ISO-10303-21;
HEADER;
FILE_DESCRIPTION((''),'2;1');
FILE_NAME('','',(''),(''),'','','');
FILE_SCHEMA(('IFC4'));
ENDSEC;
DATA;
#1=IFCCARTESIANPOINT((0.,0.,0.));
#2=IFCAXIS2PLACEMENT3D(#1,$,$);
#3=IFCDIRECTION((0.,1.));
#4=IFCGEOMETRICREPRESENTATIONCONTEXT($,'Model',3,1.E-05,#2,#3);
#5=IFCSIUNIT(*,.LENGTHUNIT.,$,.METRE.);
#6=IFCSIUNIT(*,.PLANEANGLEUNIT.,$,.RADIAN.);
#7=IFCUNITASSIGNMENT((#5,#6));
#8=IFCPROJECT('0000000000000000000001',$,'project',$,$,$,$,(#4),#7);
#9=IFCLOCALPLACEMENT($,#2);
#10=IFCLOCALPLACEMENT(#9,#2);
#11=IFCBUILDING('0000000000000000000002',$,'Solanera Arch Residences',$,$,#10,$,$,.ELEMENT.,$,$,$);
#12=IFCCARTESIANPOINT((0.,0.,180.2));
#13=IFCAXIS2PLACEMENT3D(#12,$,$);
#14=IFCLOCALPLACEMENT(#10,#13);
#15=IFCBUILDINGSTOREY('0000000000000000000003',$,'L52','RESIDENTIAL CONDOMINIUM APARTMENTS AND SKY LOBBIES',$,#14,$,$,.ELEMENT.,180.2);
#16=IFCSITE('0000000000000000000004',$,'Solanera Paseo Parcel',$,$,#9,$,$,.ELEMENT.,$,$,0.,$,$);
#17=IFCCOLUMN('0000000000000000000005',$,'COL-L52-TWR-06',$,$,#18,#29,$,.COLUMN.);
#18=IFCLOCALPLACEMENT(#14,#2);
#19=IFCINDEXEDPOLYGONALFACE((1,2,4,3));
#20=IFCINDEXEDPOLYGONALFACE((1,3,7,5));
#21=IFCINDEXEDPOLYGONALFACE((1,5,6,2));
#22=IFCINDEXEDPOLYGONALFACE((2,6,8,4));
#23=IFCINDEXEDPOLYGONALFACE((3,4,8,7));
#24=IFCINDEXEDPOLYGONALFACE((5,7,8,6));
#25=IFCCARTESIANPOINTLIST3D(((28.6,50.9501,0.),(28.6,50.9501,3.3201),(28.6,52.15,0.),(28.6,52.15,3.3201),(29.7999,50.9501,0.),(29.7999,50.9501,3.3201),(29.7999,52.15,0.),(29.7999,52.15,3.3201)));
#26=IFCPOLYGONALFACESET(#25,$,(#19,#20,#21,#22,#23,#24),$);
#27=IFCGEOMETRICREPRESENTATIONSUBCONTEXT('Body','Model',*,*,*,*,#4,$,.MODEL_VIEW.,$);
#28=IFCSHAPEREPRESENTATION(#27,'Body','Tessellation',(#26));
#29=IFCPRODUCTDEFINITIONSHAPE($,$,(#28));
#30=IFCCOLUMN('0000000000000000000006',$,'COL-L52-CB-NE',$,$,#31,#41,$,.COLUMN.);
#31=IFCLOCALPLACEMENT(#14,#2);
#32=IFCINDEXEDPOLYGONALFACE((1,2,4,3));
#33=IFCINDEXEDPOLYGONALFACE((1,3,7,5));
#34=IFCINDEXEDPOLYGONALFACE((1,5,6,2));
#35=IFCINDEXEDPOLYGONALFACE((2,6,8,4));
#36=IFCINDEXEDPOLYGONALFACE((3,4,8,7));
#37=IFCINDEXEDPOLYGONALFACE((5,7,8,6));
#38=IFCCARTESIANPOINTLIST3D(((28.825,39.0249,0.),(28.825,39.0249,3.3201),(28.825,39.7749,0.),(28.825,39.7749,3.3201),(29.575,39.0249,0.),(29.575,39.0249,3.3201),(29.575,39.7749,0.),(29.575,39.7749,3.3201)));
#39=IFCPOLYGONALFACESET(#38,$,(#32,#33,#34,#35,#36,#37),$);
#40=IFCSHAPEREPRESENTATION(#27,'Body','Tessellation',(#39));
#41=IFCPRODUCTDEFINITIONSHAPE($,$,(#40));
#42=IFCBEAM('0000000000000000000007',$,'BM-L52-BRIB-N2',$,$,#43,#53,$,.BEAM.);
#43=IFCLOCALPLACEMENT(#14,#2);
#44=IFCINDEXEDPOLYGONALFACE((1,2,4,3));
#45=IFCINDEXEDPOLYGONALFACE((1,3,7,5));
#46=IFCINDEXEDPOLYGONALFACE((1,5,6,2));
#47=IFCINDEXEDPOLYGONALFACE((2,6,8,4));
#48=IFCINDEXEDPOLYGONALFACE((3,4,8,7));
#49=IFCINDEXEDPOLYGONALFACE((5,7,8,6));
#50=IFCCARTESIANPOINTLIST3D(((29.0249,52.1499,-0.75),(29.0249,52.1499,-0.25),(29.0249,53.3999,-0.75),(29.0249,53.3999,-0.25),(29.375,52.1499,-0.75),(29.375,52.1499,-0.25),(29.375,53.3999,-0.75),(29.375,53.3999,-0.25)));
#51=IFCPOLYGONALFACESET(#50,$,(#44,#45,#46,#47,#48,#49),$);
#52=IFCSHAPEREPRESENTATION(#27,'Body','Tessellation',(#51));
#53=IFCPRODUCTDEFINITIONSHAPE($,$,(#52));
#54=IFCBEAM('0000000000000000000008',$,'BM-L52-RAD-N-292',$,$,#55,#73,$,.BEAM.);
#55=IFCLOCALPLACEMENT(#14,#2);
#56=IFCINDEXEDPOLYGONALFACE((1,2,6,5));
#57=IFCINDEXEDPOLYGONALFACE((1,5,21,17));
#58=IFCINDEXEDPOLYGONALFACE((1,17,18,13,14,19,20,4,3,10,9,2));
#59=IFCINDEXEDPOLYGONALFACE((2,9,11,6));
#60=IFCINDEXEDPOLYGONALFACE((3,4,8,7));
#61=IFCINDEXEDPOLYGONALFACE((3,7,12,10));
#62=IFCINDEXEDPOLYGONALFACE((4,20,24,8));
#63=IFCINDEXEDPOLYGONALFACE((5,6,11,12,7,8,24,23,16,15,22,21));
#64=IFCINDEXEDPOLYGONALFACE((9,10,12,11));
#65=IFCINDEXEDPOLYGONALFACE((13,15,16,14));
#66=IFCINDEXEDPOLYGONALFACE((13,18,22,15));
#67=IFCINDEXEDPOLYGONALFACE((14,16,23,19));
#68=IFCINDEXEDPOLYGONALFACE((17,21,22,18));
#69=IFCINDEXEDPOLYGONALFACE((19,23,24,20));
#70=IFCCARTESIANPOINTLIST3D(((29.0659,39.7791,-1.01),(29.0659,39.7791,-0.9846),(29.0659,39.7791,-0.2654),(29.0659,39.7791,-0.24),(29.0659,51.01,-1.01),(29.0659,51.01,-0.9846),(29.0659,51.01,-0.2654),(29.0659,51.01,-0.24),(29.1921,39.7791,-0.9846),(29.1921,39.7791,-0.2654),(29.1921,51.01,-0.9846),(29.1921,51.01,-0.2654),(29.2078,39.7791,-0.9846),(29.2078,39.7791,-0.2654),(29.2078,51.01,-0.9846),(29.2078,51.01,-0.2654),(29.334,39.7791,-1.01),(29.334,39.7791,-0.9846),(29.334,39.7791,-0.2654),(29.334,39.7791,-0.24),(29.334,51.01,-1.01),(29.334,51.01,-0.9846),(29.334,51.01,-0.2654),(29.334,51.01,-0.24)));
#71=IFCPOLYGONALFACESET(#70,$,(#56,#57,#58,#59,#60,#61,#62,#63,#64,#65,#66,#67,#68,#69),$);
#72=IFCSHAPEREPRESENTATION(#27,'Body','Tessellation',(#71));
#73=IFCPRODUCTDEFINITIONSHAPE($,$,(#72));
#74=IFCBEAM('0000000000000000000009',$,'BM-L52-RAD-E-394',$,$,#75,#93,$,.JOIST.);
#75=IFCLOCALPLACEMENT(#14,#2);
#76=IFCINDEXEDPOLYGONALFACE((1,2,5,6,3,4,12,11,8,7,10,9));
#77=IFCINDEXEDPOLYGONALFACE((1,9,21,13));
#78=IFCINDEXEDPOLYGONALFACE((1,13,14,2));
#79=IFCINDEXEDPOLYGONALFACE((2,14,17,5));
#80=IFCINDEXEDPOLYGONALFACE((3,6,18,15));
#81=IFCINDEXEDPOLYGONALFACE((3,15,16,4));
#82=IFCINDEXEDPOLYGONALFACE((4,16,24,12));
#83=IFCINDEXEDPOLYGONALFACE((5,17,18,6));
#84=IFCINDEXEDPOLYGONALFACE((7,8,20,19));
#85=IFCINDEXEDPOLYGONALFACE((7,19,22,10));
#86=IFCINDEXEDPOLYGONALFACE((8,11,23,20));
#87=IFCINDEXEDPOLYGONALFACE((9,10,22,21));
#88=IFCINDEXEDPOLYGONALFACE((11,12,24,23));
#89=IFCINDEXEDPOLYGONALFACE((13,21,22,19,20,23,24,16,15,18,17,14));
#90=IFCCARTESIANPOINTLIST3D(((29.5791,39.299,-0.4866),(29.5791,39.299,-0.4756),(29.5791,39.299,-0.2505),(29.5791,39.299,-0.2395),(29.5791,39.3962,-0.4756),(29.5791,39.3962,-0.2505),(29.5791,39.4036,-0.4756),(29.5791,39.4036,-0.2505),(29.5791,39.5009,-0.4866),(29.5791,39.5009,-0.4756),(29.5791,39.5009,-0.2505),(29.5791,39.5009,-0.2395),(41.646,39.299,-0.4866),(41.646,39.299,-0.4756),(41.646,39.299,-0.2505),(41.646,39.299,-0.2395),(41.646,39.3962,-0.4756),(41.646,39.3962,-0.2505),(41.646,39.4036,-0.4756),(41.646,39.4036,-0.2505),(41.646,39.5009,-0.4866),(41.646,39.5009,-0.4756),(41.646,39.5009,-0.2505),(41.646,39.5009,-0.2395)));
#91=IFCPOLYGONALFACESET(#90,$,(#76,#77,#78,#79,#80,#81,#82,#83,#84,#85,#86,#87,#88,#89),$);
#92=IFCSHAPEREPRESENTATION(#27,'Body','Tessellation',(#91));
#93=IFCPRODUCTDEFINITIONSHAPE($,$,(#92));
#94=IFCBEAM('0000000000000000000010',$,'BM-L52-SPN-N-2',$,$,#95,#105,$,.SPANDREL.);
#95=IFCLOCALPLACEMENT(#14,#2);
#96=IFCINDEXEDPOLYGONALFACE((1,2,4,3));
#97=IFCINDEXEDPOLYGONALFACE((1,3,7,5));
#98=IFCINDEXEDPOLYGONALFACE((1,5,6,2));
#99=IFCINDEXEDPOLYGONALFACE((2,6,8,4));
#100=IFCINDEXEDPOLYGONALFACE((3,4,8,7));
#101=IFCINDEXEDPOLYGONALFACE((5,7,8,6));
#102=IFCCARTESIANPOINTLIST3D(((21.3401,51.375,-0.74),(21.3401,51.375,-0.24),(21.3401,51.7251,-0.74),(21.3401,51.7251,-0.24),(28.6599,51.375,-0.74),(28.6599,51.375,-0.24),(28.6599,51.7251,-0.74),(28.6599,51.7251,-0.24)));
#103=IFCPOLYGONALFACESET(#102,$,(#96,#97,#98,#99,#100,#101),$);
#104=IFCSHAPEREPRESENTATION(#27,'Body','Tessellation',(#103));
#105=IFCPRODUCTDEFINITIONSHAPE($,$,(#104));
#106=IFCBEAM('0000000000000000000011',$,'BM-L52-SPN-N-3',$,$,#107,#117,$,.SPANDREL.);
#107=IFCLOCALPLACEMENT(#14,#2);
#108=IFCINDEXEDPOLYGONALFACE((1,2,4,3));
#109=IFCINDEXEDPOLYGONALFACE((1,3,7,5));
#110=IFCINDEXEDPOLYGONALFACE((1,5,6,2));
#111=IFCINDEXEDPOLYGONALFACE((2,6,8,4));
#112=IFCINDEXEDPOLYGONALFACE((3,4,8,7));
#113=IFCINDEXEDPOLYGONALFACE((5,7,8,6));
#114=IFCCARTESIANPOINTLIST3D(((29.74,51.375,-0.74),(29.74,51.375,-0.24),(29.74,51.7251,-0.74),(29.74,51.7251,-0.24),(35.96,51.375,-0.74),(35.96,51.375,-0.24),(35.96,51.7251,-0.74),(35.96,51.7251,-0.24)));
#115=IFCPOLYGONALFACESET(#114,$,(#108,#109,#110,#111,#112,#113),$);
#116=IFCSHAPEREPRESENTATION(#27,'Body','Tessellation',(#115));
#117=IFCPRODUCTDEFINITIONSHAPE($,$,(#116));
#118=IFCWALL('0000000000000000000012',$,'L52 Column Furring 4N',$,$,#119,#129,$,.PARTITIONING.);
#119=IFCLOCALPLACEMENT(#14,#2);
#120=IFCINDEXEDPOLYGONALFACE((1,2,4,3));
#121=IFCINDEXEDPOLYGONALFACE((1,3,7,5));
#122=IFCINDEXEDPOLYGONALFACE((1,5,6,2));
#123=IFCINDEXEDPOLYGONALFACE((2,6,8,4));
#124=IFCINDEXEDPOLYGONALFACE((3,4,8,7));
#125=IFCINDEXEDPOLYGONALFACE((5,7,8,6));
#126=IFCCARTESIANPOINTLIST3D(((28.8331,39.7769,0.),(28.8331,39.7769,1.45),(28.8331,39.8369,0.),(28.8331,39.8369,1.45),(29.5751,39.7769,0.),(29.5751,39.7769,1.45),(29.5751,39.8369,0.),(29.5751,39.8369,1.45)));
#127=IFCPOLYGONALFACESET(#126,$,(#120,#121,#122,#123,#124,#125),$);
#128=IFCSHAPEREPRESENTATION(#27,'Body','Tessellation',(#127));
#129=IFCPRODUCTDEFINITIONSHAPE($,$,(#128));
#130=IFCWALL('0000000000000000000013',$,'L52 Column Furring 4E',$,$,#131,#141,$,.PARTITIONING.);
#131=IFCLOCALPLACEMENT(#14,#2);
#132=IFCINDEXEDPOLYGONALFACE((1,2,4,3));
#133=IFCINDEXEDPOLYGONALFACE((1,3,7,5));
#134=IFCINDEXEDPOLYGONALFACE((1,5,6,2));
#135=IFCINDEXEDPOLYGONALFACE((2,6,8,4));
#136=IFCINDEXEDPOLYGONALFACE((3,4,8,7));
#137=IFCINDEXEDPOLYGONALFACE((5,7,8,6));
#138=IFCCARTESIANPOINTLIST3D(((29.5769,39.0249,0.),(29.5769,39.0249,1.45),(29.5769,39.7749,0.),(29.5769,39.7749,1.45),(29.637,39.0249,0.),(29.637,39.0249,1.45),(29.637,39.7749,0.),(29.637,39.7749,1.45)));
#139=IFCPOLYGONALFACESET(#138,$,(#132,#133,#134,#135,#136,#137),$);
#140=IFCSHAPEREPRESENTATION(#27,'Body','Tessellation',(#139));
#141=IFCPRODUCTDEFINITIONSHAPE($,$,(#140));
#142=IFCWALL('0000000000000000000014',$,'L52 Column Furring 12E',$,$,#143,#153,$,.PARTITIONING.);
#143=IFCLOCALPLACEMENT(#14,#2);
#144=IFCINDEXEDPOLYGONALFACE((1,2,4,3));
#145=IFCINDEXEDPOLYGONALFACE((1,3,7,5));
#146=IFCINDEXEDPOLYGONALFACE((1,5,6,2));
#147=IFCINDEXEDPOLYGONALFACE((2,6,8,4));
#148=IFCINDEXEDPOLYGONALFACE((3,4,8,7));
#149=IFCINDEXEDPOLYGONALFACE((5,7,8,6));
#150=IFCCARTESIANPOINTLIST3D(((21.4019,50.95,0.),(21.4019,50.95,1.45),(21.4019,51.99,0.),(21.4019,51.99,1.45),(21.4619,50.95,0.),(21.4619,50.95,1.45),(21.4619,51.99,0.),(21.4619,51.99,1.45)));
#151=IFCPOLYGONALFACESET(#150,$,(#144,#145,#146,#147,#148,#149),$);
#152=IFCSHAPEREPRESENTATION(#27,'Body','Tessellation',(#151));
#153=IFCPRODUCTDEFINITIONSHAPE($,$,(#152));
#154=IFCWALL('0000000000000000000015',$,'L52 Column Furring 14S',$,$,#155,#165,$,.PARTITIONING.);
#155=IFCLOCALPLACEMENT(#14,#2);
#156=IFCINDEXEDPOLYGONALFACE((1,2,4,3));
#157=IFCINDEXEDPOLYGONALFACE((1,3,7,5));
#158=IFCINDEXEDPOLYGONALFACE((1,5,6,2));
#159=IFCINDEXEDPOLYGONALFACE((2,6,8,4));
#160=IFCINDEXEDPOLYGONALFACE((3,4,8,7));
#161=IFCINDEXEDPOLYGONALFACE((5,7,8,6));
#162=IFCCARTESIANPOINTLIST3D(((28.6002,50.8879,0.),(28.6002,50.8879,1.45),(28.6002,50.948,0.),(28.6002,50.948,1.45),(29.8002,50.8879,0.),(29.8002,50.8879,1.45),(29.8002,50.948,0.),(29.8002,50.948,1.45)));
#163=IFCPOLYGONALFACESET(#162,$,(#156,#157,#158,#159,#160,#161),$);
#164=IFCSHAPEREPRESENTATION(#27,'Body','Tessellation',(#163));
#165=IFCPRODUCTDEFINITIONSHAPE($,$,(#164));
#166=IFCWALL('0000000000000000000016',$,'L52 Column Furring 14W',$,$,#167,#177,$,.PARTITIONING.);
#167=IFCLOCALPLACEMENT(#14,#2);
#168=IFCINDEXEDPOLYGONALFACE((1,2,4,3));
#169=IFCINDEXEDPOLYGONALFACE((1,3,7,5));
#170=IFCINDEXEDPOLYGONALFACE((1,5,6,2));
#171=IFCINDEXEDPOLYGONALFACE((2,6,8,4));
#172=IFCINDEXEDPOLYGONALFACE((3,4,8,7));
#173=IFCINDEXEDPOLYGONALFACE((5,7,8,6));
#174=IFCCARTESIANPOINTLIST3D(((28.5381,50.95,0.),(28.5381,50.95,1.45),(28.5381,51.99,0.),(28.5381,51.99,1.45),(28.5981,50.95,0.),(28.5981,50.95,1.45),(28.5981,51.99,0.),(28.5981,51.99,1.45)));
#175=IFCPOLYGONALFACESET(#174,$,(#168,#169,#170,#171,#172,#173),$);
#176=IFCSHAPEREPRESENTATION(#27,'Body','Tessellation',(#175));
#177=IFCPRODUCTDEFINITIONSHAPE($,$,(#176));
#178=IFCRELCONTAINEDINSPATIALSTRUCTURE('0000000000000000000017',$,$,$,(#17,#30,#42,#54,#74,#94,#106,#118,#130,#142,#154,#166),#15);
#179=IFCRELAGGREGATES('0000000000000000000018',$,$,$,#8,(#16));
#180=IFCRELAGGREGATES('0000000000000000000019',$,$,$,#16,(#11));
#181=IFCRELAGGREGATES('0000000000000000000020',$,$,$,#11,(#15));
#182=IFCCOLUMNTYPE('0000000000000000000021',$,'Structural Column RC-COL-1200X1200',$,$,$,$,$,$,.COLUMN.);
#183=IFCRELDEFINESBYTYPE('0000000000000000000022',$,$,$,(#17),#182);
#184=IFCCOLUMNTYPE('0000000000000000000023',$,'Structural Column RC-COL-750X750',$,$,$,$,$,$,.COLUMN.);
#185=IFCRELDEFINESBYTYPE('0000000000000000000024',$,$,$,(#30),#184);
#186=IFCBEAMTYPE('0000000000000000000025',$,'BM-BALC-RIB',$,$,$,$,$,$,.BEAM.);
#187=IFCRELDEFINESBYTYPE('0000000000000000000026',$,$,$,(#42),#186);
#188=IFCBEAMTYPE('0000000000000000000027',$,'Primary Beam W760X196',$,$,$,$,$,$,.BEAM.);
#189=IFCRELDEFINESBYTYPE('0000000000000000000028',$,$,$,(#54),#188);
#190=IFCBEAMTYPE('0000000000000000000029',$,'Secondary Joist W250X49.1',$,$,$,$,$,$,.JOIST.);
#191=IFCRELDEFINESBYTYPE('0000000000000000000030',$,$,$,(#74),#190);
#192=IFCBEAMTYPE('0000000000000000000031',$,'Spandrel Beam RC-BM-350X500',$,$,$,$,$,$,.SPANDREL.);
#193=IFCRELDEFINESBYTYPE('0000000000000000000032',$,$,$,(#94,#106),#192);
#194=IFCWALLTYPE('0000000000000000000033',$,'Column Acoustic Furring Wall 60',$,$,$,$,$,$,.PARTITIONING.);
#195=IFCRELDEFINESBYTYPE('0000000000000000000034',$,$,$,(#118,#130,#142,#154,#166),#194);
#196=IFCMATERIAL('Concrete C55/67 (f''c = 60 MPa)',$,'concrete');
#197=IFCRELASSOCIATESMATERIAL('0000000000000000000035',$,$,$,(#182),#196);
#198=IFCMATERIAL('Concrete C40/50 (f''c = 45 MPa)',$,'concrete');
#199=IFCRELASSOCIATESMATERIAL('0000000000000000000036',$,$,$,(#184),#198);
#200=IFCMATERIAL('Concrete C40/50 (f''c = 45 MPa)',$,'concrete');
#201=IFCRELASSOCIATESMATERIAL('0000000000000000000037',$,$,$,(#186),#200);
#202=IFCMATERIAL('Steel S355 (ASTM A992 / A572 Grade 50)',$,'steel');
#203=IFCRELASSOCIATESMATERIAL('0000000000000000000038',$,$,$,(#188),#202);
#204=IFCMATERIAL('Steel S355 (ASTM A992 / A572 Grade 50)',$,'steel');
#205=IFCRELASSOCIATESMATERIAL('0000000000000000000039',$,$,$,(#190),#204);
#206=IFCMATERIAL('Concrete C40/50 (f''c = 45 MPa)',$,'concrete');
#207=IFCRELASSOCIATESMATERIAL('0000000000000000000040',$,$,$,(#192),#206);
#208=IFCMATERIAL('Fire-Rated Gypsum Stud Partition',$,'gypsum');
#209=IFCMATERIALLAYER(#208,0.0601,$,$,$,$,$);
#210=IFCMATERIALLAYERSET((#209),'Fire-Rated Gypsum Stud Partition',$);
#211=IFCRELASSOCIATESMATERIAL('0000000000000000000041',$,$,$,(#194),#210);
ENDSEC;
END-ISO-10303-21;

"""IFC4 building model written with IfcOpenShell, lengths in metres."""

from ifc_helpers import new_model, si_unit, direction, frame, frame_2d, origin, origin_2d, place, context, subcontext, project, spatial, rectangle, i_section, extrude, material, layer, layer_set, material_profile, profile_set, type_object, element, save


model = new_model("IFC4")

# Units and contexts
model_context = context("Model", 3, precision=1e-05, world=origin(), true_north=direction((0.0, 1.0)))
body_context = subcontext(model_context, "Body", "Model", "MODEL_VIEW")
ifc_project = project(units=[si_unit("LENGTHUNIT", "METRE"), si_unit("PLANEANGLEUNIT", "RADIAN")], contexts=[model_context])

# Site, building, storey
site_placement = place(None, origin())
site = spatial("IfcSite", under=ifc_project, at=site_placement, Name="Solanera Paseo Parcel", CompositionType="ELEMENT", RefElevation=0.0)
building_placement = place(site_placement, origin())
building = spatial("IfcBuilding", under=site, at=building_placement, Name="Solanera Arch Residences", CompositionType="ELEMENT")
storey_placement = place(building_placement, frame((0.0, 0.0, 180.2)))
storey = spatial("IfcBuildingStorey", under=building, at=storey_placement, Name="L52", Description="RESIDENTIAL CONDOMINIUM APARTMENTS AND SKY LOBBIES", CompositionType="ELEMENT", Elevation=180.2)

# Columns
ifc_material_1 = material(Name="Concrete C55/67 (f'c = 60 MPa)", Category="concrete")
ifc_material_profile_1 = material_profile(ifc_material_1, rectangle(XDim=1.2, YDim=1.2, at=origin_2d()))
ifc_profile_set_1 = profile_set([ifc_material_profile_1], Name="Concrete C55/67 (f'c = 60 MPa)")
column_type_1 = type_object("IfcColumnType", Name="Structural Column RC-COL-1200X1200", PredefinedType="COLUMN", material=ifc_profile_set_1)
column_1_placement = place(storey_placement, frame((29.2, 51.55, 0.0), z_axis=(0.0, 0.0, 1.0), x_axis=(1.0, 0.0, 0.0)))
element("IfcColumn", 1, at=column_1_placement, inside=storey, type_object=column_type_1, Name="COL-L52-TWR-06", PredefinedType="COLUMN", context=body_context, shape_type="SweptSolid", body=[
    extrude(rectangle(XDim=1.2, YDim=1.2, at=origin_2d()), origin(), (0.0, 0.0, 1.0), 3.3201),
])
ifc_material_2 = material(Name="Concrete C40/50 (f'c = 45 MPa)", Category="concrete")
ifc_material_profile_2 = material_profile(ifc_material_2, rectangle(XDim=0.75, YDim=0.75, at=origin_2d()))
ifc_profile_set_2 = profile_set([ifc_material_profile_2], Name="Concrete C40/50 (f'c = 45 MPa)")
column_type_2 = type_object("IfcColumnType", Name="Structural Column RC-COL-750X750", PredefinedType="COLUMN", material=ifc_profile_set_2)
column_2_placement = place(storey_placement, frame((29.2, 39.3999, 0.0), z_axis=(0.0, 0.0, 1.0), x_axis=(1.0, 0.0, 0.0)))
element("IfcColumn", 2, at=column_2_placement, inside=storey, type_object=column_type_2, Name="COL-L52-CB-NE", PredefinedType="COLUMN", context=body_context, shape_type="SweptSolid", body=[
    extrude(rectangle(XDim=0.75, YDim=0.75, at=origin_2d()), origin(), (0.0, 0.0, 1.0), 3.3201),
])

# Beams
ifc_material_3 = material(Name="Concrete C40/50 (f'c = 45 MPa)", Category="concrete")
ifc_material_profile_3 = material_profile(ifc_material_3, rectangle(XDim=0.3501, YDim=0.5, at=origin_2d()))
ifc_profile_set_3 = profile_set([ifc_material_profile_3], Name="Concrete C40/50 (f'c = 45 MPa)")
beam_type_1 = type_object("IfcBeamType", Name="BM-BALC-RIB", PredefinedType="BEAM", material=ifc_profile_set_3)
beam_1_placement = place(storey_placement, frame((29.2, 52.1499, -0.5), z_axis=(0.0, 1.0, 0.0), x_axis=(-1.0, 0.0, 0.0)))
element("IfcBeam", 3, at=beam_1_placement, inside=storey, type_object=beam_type_1, Name="BM-L52-BRIB-N2", PredefinedType="BEAM", context=body_context, shape_type="SweptSolid", body=[
    extrude(rectangle(XDim=0.3501, YDim=0.5, at=origin_2d()), origin(), (0.0, 0.0, 1.0), 1.25),
])
ifc_material_4 = material(Name="Steel S355 (ASTM A992 / A572 Grade 50)", Category="steel")
ifc_material_profile_4 = material_profile(ifc_material_4, i_section(OverallWidth=0.2681, OverallDepth=0.77, WebThickness=0.0156, FlangeThickness=0.0254, at=origin_2d()))
ifc_profile_set_4 = profile_set([ifc_material_profile_4], Name="Steel S355 (ASTM A992 / A572 Grade 50)")
beam_type_2 = type_object("IfcBeamType", Name="Primary Beam W760X196", PredefinedType="BEAM", material=ifc_profile_set_4)
beam_2_placement = place(storey_placement, frame((29.2, 39.7791, -0.625), z_axis=(0.0, 1.0, 0.0), x_axis=(-1.0, 0.0, 0.0)))
element("IfcBeam", 4, at=beam_2_placement, inside=storey, type_object=beam_type_2, Name="BM-L52-RAD-N-292", PredefinedType="BEAM", context=body_context, shape_type="SweptSolid", body=[
    extrude(i_section(OverallWidth=0.2681, OverallDepth=0.77, WebThickness=0.0156, FlangeThickness=0.0254, at=origin_2d()), origin(), (0.0, 0.0, 1.0), 11.231),
])
ifc_material_5 = material(Name="Steel S355 (ASTM A992 / A572 Grade 50)", Category="steel")
ifc_material_profile_5 = material_profile(ifc_material_5, i_section(OverallWidth=0.2019, OverallDepth=0.2471, WebThickness=0.0073, FlangeThickness=0.011, at=origin_2d()))
ifc_profile_set_5 = profile_set([ifc_material_profile_5], Name="Steel S355 (ASTM A992 / A572 Grade 50)")
beam_type_3 = type_object("IfcBeamType", Name="Secondary Joist W250X49.1", PredefinedType="JOIST", material=ifc_profile_set_5)
beam_3_placement = place(storey_placement, frame((29.5791, 39.3999, -0.363), z_axis=(1.0, 0.0, 0.0), x_axis=(0.0, 1.0, 0.0)))
element("IfcBeam", 5, at=beam_3_placement, inside=storey, type_object=beam_type_3, Name="BM-L52-RAD-E-394", PredefinedType="JOIST", context=body_context, shape_type="SweptSolid", body=[
    extrude(i_section(OverallWidth=0.2019, OverallDepth=0.2471, WebThickness=0.0073, FlangeThickness=0.011, at=origin_2d()), origin(), (0.0, 0.0, 1.0), 12.0669),
])
ifc_material_6 = material(Name="Concrete C40/50 (f'c = 45 MPa)", Category="concrete")
ifc_material_profile_6 = material_profile(ifc_material_6, rectangle(XDim=0.3501, YDim=0.5, at=origin_2d()))
ifc_profile_set_6 = profile_set([ifc_material_profile_6], Name="Concrete C40/50 (f'c = 45 MPa)")
beam_type_4 = type_object("IfcBeamType", Name="Spandrel Beam RC-BM-350X500", PredefinedType="SPANDREL", material=ifc_profile_set_6)
beam_4_placement = place(storey_placement, frame((21.3401, 51.55, -0.49), z_axis=(1.0, 0.0, 0.0), x_axis=(0.0, 1.0, 0.0)))
element("IfcBeam", 6, at=beam_4_placement, inside=storey, type_object=beam_type_4, Name="BM-L52-SPN-N-2", PredefinedType="SPANDREL", context=body_context, shape_type="SweptSolid", body=[
    extrude(rectangle(XDim=0.3501, YDim=0.5, at=origin_2d()), origin(), (0.0, 0.0, 1.0), 7.3198),
])
beam_5_placement = place(storey_placement, frame((29.74, 51.55, -0.49), z_axis=(1.0, 0.0, 0.0), x_axis=(0.0, 1.0, 0.0)))
element("IfcBeam", 7, at=beam_5_placement, inside=storey, type_object=beam_type_4, Name="BM-L52-SPN-N-3", PredefinedType="SPANDREL", context=body_context, shape_type="SweptSolid", body=[
    extrude(rectangle(XDim=0.3501, YDim=0.5, at=origin_2d()), origin(), (0.0, 0.0, 1.0), 6.22),
])

# Walls
ifc_material_7 = material(Name="Fire-Rated Gypsum Stud Partition", Category="gypsum")
ifc_layer_1 = layer(ifc_material_7, 0.0601)
ifc_layer_set_1 = layer_set([ifc_layer_1], Name="Fire-Rated Gypsum Stud Partition")
wall_type_1 = type_object("IfcWallType", Name="Column Acoustic Furring Wall 60", PredefinedType="PARTITIONING", material=ifc_layer_set_1)
wall_1_placement = place(storey_placement, frame((28.833, 39.8069, 0.0), z_axis=(0.0, 0.0, 1.0), x_axis=(1.0, 0.0, 0.0)))
element("IfcWall", 8, at=wall_1_placement, inside=storey, type_object=wall_type_1, Name="L52 Column Furring 4N", PredefinedType="PARTITIONING", context=body_context, shape_type="SweptSolid", body=[
    extrude(rectangle(XDim=0.7419, YDim=0.0601, at=frame_2d((0.3711, 0.0))), origin(), (0.0, 0.0, 1.0), 1.45),
])
wall_2_placement = place(storey_placement, frame((29.6069, 39.0249, 0.0), z_axis=(0.0, 0.0, 1.0), x_axis=(0.0, 1.0, 0.0)))
element("IfcWall", 9, at=wall_2_placement, inside=storey, type_object=wall_type_1, Name="L52 Column Furring 4E", PredefinedType="PARTITIONING", context=body_context, shape_type="SweptSolid", body=[
    extrude(rectangle(XDim=0.75, YDim=0.0601, at=frame_2d((0.375, 0.0))), origin(), (0.0, 0.0, 1.0), 1.45),
])
wall_3_placement = place(storey_placement, frame((21.4319, 50.95, 0.0), z_axis=(0.0, 0.0, 1.0), x_axis=(0.0, 1.0, 0.0)))
element("IfcWall", 10, at=wall_3_placement, inside=storey, type_object=wall_type_1, Name="L52 Column Furring 12E", PredefinedType="PARTITIONING", context=body_context, shape_type="SweptSolid", body=[
    extrude(rectangle(XDim=1.04, YDim=0.0601, at=frame_2d((0.52, 0.0))), origin(), (0.0, 0.0, 1.0), 1.45),
])
wall_4_placement = place(storey_placement, frame((28.6001, 50.918, 0.0), z_axis=(0.0, 0.0, 1.0), x_axis=(1.0, 0.0, 0.0)))
element("IfcWall", 11, at=wall_4_placement, inside=storey, type_object=wall_type_1, Name="L52 Column Furring 14S", PredefinedType="PARTITIONING", context=body_context, shape_type="SweptSolid", body=[
    extrude(rectangle(XDim=1.2, YDim=0.0601, at=frame_2d((0.6001, 0.0))), origin(), (0.0, 0.0, 1.0), 1.45),
])
for number, where, z_axis, x_axis, name in (
    (12, (28.5681, 50.95, 0.0), (0.0, 0.0, 1.0), (0.0, 1.0, 0.0), "L52 Column Furring 14W"),
):
    element("IfcWall", number, at=place(storey_placement, frame(where, z_axis=z_axis, x_axis=x_axis)), inside=storey, type_object=wall_type_1, Name=name, PredefinedType="PARTITIONING", context=body_context, shape_type="SweptSolid", body=[
        extrude(rectangle(XDim=1.04, YDim=0.0601, at=frame_2d((0.52, 0.0))), origin(), (0.0, 0.0, 1.0), 1.45),
    ])

save(model, "model.ifc")
